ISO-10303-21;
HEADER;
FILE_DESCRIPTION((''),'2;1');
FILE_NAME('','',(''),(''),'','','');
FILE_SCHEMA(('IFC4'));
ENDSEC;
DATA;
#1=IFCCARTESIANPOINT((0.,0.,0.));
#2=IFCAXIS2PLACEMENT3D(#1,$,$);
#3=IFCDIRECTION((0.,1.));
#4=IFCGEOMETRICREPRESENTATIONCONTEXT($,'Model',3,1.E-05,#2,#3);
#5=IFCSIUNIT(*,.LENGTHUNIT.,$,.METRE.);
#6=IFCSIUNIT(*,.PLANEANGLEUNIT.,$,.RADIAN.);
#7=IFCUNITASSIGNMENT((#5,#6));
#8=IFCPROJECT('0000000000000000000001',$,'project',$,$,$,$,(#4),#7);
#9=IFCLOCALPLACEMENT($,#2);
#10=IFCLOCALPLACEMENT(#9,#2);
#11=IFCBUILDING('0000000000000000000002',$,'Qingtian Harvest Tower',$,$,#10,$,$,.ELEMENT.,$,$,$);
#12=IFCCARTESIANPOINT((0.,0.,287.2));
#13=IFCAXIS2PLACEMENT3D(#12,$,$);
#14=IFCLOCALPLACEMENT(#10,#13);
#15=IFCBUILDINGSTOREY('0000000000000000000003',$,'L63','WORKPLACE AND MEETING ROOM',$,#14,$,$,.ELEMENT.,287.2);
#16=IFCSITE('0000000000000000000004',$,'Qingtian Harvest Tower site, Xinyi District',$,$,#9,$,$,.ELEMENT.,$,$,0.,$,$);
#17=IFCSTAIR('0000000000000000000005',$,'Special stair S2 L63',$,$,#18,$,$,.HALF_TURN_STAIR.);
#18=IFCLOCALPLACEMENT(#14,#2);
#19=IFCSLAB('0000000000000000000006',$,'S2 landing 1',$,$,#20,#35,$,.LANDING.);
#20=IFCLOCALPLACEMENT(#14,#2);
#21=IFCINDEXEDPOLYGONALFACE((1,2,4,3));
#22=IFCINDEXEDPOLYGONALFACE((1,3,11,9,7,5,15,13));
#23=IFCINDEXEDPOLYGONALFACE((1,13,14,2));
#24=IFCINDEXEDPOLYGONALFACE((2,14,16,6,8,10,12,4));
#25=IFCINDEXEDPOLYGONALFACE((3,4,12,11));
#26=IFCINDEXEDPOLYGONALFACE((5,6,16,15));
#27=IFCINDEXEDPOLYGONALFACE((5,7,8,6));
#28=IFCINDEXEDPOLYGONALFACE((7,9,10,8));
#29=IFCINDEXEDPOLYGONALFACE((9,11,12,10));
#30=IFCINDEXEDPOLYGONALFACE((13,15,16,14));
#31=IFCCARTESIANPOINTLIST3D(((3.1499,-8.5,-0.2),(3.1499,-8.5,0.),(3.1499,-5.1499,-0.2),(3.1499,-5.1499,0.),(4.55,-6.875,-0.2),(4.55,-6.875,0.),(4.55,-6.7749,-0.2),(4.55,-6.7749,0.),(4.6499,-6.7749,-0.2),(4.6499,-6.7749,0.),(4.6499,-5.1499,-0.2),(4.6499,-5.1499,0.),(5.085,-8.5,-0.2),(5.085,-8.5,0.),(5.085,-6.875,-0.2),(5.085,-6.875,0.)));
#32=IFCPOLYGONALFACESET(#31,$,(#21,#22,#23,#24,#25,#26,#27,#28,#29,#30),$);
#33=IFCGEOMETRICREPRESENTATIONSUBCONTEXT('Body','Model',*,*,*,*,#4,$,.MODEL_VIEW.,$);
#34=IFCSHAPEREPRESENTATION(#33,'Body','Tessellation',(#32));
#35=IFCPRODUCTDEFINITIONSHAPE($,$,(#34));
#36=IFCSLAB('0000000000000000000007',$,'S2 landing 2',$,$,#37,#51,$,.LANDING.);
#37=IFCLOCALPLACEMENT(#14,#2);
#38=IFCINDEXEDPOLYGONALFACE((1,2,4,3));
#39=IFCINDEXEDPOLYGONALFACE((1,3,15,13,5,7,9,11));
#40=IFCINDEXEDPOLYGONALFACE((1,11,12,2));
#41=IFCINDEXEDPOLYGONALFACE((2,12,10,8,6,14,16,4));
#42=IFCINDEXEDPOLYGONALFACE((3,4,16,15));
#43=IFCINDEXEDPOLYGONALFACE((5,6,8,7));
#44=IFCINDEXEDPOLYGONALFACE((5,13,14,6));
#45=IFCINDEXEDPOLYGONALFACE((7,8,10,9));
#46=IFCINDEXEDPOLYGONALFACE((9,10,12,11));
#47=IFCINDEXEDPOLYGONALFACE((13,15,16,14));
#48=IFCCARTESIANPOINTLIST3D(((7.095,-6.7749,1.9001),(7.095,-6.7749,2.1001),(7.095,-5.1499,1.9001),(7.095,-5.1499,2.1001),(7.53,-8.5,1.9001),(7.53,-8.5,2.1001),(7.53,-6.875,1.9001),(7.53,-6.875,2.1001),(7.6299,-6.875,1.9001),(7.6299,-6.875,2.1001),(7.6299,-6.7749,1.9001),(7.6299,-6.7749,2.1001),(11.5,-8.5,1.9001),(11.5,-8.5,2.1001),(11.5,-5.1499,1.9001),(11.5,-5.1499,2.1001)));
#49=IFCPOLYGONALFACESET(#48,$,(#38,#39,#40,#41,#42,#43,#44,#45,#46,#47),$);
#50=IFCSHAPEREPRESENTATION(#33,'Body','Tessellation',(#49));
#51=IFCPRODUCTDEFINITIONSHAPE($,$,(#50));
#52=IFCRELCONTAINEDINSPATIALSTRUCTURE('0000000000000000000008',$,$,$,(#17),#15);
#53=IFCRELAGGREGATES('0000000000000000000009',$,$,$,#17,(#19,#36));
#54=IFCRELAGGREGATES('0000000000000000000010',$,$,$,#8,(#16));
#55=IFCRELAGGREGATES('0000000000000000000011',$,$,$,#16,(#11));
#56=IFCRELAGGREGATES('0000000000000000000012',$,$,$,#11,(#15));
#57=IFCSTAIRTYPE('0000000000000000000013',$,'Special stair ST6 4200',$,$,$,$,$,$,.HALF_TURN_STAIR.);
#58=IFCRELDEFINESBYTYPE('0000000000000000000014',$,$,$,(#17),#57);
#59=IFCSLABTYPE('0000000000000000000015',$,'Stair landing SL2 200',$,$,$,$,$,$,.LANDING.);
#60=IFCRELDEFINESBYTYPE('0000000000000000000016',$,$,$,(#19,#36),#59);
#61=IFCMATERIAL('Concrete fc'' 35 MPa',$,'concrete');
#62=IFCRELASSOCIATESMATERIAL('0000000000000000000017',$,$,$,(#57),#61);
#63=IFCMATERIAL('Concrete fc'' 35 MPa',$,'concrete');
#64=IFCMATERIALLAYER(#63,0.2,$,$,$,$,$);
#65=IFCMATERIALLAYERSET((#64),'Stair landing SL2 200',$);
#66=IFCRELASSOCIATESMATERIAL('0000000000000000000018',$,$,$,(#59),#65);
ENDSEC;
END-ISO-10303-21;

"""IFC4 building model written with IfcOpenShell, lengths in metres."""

from ifc_helpers import new_model, si_unit, direction, frame, origin, place, context, subcontext, project, spatial, polyline, outline, extrude, material, layer, layer_set, type_object, element, aggregate, save


model = new_model("IFC4")

# Units and contexts
model_context = context("Model", 3, precision=1e-05, world=origin(), true_north=direction((0.0, 1.0)))
body_context = subcontext(model_context, "Body", "Model", "MODEL_VIEW")
ifc_project = project(units=[si_unit("LENGTHUNIT", "METRE"), si_unit("PLANEANGLEUNIT", "RADIAN")], contexts=[model_context])

# Site, building, storey
site_placement = place(None, origin())
site = spatial("IfcSite", under=ifc_project, at=site_placement, Name="Qingtian Harvest Tower site, Xinyi District", CompositionType="ELEMENT", RefElevation=0.0)
building_placement = place(site_placement, origin())
building = spatial("IfcBuilding", under=site, at=building_placement, Name="Qingtian Harvest Tower", CompositionType="ELEMENT")
storey_placement = place(building_placement, frame((0.0, 0.0, 287.2)))
storey = spatial("IfcBuildingStorey", under=building, at=storey_placement, Name="L63", Description="WORKPLACE AND MEETING ROOM", CompositionType="ELEMENT", Elevation=287.2)

# Stair, slabs
ifc_material_1 = material(Name="Concrete fc' 35 MPa", Category="concrete")
stair_type = type_object("IfcStairType", Name="Special stair ST6 4200", PredefinedType="HALF_TURN_STAIR", material=ifc_material_1)
ifc_material_2 = material(Name="Concrete fc' 35 MPa", Category="concrete")
ifc_layer_1 = layer(ifc_material_2, 0.2)
ifc_layer_set_1 = layer_set([ifc_layer_1], Name="Stair landing SL2 200")
slab_type_1 = type_object("IfcSlabType", Name="Stair landing SL2 200", PredefinedType="LANDING", material=ifc_layer_set_1)
stair_1_placement = place(storey_placement, origin())
stair_1 = element("IfcStair", 1, at=stair_1_placement, inside=storey, type_object=stair_type, Name="Special stair S2 L63", PredefinedType="HALF_TURN_STAIR")
slab_1_placement = place(storey_placement, frame((0.0, 0.0, -0.2)))
slab_1 = element("IfcSlab", 2, at=slab_1_placement, type_object=slab_type_1, Name="S2 landing 1", PredefinedType="LANDING", context=body_context, shape_type="SweptSolid", body=[
    extrude(outline(polyline([(5.085, -8.5), (3.1499, -8.5), (3.1499, -5.1499), (4.6499, -5.1499), (4.6499, -6.7749), (4.55, -6.7749), (4.55, -6.875), (5.085, -6.875), (5.085, -8.5)])), origin(), (0.0, 0.0, 1.0), 0.2),
])
slab_2_placement = place(storey_placement, frame((0.0, 0.0, 1.9001)))
slab_2 = element("IfcSlab", 3, at=slab_2_placement, type_object=slab_type_1, Name="S2 landing 2", PredefinedType="LANDING", context=body_context, shape_type="SweptSolid", body=[
    extrude(outline(polyline([(7.53, -8.5), (7.53, -6.875), (7.6299, -6.875), (7.6299, -6.7749), (7.095, -6.7749), (7.095, -5.1499), (11.5, -5.1499), (11.5, -8.5), (7.53, -8.5)])), origin(), (0.0, 0.0, 1.0), 0.2),
])
aggregate(stair_1, [slab_1, slab_2])

save(model, "model.ifc")
